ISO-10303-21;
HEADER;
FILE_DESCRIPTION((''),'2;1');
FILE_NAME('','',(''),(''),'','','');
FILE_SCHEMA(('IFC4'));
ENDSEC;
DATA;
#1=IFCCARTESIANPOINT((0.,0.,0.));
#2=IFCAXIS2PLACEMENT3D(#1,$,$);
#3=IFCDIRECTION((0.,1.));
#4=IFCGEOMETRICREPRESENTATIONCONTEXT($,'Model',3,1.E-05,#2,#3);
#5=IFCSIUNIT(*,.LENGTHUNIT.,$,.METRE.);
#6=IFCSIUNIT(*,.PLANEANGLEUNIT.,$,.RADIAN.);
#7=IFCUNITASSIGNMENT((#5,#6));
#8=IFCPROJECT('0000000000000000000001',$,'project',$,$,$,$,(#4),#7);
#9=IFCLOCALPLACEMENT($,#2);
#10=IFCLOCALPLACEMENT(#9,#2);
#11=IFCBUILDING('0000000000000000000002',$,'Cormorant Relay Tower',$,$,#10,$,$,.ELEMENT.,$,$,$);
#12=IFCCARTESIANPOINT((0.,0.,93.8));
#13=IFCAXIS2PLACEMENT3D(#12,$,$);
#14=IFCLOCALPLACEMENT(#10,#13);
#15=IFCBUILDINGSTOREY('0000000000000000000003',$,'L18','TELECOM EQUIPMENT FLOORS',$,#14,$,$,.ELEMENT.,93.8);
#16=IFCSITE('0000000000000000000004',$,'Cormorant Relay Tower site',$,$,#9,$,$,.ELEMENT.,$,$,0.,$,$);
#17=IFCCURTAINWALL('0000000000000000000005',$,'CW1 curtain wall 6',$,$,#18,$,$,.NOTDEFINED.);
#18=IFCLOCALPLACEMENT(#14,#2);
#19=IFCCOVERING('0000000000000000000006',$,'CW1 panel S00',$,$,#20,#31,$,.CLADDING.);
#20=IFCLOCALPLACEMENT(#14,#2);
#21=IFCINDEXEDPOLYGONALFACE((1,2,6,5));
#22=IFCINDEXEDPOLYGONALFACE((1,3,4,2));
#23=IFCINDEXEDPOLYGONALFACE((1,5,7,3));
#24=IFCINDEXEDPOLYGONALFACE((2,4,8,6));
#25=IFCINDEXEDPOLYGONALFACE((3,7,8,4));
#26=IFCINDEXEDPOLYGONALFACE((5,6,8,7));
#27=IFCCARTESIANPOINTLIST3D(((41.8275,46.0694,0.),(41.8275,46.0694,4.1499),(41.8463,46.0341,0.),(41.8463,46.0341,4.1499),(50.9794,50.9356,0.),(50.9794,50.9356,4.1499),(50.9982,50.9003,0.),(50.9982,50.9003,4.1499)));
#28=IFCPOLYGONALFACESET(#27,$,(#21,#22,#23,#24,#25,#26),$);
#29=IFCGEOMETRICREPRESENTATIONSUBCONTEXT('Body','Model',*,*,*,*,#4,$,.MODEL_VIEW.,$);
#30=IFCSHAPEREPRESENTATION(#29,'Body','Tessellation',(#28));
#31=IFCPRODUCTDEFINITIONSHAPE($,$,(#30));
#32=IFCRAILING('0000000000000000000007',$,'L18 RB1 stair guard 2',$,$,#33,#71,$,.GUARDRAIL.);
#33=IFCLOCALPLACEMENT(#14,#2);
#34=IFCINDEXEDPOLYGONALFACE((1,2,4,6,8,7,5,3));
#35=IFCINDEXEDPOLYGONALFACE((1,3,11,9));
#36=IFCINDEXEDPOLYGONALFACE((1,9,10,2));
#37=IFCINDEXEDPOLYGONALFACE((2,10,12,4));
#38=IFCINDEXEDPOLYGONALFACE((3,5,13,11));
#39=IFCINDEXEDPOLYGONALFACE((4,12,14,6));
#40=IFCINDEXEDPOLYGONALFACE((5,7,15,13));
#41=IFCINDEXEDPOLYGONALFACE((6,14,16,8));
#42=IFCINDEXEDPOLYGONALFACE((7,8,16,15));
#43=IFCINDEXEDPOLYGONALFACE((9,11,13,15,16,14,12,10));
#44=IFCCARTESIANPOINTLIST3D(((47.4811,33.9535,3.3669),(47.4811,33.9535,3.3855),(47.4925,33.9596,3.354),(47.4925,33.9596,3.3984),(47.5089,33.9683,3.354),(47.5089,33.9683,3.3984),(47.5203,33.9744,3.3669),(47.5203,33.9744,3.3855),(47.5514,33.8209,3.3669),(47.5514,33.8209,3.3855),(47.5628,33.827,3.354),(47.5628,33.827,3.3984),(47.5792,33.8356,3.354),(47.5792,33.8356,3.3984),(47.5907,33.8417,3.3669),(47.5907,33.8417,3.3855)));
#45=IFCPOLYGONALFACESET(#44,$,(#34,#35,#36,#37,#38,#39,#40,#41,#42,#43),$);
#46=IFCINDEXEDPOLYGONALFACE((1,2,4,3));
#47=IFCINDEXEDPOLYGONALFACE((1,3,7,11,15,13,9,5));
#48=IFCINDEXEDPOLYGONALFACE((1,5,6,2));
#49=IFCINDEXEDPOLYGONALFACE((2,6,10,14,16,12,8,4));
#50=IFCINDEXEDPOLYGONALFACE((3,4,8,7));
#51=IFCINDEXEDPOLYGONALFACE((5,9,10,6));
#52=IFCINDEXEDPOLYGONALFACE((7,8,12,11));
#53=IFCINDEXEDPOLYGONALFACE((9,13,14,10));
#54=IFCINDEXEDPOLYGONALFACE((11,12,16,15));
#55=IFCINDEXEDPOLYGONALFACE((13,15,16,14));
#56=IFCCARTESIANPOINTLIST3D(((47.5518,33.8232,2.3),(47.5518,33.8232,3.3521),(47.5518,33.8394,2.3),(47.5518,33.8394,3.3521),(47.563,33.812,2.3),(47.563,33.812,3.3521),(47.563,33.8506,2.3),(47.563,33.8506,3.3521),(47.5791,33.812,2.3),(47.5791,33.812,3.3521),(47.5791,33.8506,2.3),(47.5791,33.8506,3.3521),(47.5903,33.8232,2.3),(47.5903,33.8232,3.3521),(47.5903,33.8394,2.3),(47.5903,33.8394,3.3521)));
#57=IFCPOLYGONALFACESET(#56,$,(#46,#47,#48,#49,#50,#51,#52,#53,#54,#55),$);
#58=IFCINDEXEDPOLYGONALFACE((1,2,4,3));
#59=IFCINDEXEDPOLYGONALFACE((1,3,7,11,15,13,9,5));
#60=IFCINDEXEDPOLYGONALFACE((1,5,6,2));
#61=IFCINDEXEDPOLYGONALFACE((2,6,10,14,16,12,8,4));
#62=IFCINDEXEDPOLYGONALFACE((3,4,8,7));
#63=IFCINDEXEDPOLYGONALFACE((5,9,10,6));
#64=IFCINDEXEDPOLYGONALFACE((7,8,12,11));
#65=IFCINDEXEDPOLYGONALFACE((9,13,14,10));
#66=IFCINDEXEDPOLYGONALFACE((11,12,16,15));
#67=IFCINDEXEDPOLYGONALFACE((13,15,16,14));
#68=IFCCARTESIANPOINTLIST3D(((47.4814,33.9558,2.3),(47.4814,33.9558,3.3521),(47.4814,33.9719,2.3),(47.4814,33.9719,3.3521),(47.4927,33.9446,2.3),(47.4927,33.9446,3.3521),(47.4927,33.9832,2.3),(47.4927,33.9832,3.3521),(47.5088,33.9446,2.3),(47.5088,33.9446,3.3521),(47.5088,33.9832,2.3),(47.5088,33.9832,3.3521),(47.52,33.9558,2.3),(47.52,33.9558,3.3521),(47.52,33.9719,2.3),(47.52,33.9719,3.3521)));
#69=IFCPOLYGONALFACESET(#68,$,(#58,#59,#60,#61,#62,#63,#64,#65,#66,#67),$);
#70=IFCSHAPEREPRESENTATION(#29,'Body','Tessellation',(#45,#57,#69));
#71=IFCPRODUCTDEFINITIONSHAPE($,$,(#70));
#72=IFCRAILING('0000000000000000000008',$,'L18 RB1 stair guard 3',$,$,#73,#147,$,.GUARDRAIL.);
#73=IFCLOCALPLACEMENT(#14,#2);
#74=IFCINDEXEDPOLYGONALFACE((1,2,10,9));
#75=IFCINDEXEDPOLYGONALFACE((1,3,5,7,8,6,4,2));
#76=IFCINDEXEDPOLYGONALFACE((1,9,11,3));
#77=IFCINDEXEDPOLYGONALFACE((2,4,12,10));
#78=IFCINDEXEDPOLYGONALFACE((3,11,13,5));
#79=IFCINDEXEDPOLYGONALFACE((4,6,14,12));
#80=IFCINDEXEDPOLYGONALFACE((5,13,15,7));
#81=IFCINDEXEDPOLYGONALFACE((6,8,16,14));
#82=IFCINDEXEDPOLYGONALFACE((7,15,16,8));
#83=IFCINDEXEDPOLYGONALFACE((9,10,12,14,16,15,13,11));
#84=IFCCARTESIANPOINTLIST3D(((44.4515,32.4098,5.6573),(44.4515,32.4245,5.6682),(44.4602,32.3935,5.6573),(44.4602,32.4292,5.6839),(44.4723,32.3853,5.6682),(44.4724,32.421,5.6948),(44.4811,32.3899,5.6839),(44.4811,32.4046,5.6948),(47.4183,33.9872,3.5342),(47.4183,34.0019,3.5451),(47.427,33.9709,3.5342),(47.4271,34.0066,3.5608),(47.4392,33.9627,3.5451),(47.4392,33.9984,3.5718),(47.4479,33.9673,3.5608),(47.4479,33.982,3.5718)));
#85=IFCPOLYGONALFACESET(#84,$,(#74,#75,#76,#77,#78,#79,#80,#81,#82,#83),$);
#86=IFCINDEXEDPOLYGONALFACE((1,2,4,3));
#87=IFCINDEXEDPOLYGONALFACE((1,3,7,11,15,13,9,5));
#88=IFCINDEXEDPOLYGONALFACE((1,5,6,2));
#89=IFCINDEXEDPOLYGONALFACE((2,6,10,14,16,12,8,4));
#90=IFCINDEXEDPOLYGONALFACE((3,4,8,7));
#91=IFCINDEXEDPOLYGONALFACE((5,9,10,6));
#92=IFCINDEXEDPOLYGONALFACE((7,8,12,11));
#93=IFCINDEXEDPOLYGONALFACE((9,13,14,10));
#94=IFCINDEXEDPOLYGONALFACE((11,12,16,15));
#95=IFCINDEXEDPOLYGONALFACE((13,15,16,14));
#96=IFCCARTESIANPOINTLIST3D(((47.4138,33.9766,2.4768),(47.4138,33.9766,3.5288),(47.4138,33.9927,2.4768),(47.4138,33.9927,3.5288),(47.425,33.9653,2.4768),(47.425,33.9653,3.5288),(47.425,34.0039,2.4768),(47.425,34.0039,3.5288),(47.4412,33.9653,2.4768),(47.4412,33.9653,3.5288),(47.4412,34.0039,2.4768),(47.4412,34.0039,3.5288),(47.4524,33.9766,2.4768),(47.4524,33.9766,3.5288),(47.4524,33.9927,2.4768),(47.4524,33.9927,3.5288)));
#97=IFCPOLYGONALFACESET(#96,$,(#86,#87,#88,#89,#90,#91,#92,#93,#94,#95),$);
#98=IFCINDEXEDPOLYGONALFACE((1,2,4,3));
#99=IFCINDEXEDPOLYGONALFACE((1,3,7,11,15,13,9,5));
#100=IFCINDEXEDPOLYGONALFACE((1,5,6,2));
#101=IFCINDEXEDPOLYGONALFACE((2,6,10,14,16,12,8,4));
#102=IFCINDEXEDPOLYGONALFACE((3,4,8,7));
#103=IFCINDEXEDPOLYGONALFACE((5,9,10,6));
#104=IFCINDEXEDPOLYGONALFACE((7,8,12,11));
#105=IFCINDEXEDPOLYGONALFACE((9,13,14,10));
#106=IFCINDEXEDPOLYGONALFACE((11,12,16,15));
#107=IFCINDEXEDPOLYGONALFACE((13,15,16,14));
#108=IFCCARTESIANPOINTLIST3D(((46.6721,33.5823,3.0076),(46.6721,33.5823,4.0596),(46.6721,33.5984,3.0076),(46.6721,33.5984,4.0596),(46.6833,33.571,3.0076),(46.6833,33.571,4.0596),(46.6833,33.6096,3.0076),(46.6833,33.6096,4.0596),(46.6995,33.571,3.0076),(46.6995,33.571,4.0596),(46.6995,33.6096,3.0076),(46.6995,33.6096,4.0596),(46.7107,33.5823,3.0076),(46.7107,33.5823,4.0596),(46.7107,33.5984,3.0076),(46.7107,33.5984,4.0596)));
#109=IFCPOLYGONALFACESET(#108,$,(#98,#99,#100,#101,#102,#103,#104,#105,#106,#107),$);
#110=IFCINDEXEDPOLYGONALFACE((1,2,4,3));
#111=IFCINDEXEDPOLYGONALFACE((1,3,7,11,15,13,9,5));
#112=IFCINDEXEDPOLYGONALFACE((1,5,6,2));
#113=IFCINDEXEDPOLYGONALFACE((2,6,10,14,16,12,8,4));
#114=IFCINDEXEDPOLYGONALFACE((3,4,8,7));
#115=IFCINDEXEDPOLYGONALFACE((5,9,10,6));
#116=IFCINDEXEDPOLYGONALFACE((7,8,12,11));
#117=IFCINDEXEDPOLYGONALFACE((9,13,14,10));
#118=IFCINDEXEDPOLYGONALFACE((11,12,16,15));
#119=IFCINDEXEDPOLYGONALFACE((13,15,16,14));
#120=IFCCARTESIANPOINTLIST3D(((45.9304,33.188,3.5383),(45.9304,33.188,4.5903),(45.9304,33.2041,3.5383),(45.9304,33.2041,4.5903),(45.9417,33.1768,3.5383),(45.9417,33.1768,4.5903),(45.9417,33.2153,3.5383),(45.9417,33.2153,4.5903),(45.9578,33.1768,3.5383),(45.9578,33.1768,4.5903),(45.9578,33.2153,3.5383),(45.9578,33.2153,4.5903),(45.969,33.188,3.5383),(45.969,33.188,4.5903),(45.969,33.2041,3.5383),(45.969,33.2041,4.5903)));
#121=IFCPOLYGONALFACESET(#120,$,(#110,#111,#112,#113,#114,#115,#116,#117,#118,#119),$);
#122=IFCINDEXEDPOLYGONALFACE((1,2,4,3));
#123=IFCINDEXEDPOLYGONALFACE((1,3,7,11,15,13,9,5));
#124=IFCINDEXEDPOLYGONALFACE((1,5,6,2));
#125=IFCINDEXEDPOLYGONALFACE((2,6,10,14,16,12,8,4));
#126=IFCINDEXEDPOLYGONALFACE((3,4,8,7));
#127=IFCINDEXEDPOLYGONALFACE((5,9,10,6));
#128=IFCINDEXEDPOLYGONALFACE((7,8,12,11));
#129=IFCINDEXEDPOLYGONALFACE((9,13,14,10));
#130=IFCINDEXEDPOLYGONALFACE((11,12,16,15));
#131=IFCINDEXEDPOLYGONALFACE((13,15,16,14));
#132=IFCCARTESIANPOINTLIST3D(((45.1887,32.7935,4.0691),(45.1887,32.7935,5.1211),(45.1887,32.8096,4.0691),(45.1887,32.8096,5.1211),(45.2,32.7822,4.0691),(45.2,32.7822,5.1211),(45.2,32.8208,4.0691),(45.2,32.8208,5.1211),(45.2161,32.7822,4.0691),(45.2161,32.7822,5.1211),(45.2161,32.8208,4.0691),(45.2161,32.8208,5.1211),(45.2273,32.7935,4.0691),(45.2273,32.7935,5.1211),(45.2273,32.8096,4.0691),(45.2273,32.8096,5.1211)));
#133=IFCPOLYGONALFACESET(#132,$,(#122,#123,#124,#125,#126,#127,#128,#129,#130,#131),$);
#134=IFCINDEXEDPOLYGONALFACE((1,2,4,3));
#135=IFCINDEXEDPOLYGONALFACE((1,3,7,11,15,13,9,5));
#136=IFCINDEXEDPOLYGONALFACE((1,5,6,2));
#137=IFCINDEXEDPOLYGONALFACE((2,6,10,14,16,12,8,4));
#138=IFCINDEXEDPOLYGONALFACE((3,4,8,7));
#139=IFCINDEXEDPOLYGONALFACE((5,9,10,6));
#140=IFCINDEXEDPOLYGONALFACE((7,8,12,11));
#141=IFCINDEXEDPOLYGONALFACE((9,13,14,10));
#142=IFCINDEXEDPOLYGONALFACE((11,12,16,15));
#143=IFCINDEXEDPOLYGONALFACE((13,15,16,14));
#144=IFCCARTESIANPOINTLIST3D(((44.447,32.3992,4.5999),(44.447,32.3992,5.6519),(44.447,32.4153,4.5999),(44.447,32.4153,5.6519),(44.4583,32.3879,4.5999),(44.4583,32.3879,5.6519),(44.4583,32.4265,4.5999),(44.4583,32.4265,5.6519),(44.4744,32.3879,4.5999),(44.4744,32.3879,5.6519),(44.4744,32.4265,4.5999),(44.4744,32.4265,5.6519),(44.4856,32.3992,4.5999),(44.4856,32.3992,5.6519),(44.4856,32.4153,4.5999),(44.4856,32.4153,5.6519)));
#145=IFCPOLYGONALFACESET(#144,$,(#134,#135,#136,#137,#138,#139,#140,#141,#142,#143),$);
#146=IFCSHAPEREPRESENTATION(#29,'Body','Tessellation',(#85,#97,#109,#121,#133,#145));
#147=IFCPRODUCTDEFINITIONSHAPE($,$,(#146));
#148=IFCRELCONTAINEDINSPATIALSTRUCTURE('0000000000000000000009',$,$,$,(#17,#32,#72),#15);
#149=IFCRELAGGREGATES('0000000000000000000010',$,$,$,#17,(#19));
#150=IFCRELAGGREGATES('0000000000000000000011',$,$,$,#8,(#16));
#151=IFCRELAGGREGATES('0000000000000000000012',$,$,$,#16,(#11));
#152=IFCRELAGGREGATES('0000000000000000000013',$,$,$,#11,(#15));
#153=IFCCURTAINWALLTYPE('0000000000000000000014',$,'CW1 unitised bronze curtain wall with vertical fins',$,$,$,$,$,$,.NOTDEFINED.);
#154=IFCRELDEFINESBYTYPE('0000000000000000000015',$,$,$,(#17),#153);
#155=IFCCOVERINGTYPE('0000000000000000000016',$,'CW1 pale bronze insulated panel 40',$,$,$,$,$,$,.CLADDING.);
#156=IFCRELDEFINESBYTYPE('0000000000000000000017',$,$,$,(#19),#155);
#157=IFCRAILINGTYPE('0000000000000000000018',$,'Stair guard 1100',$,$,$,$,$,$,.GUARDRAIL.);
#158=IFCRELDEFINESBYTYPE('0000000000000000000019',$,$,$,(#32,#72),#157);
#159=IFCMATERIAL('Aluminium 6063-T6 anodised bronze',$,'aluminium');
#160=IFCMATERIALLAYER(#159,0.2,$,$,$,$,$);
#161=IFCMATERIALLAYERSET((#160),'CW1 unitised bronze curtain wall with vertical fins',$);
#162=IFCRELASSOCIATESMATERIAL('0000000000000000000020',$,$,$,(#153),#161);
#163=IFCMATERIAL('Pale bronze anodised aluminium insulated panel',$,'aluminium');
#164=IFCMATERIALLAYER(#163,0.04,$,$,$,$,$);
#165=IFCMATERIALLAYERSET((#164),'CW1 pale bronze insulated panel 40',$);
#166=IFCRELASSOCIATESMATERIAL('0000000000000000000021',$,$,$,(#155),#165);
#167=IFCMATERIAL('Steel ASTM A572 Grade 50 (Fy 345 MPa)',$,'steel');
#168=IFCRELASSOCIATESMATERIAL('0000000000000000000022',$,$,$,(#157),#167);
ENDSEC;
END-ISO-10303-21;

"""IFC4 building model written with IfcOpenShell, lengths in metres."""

from ifc_helpers import new_model, si_unit, direction, frame, origin, origin_2d, place, context, subcontext, project, spatial, polyline, rectangle, outline, extrude, material, layer, layer_set, type_object, element, aggregate, save


model = new_model("IFC4")

# Units and contexts
model_context = context("Model", 3, precision=1e-05, world=origin(), true_north=direction((0.0, 1.0)))
body_context = subcontext(model_context, "Body", "Model", "MODEL_VIEW")
ifc_project = project(units=[si_unit("LENGTHUNIT", "METRE"), si_unit("PLANEANGLEUNIT", "RADIAN")], contexts=[model_context])

# Site, building, storey
site_placement = place(None, origin())
site = spatial("IfcSite", under=ifc_project, at=site_placement, Name="Cormorant Relay Tower site", CompositionType="ELEMENT", RefElevation=0.0)
building_placement = place(site_placement, origin())
building = spatial("IfcBuilding", under=site, at=building_placement, Name="Cormorant Relay Tower", CompositionType="ELEMENT")
storey_placement = place(building_placement, frame((0.0, 0.0, 93.8)))
storey = spatial("IfcBuildingStorey", under=building, at=storey_placement, Name="L18", Description="TELECOM EQUIPMENT FLOORS", CompositionType="ELEMENT", Elevation=93.8)

# Shared definitions
ifc_material_1 = material(Name="Aluminium 6063-T6 anodised bronze", Category="aluminium")
ifc_layer_1 = layer(ifc_material_1, 0.2)
ifc_layer_set_1 = layer_set([ifc_layer_1], Name="CW1 unitised bronze curtain wall with vertical fins")
curtain_wall_type = type_object("IfcCurtainWallType", Name="CW1 unitised bronze curtain wall with vertical fins", PredefinedType="NOTDEFINED", material=ifc_layer_set_1)

# Curtain wall
curtain_wall_1_placement = place(storey_placement, origin())
curtain_wall_1 = element("IfcCurtainWall", 1, at=curtain_wall_1_placement, inside=storey, type_object=curtain_wall_type, Name="CW1 curtain wall 6", PredefinedType="NOTDEFINED")

# Covering
ifc_material_2 = material(Name="Pale bronze anodised aluminium insulated panel", Category="aluminium")
ifc_layer_2 = layer(ifc_material_2, 0.04)
ifc_layer_set_2 = layer_set([ifc_layer_2], Name="CW1 pale bronze insulated panel 40")
covering_type = type_object("IfcCoveringType", Name="CW1 pale bronze insulated panel 40", PredefinedType="CLADDING", material=ifc_layer_set_2)
covering_1_placement = place(storey_placement, frame((46.4128, 48.4849, 0.0), z_axis=(0.0, 0.0, 1.0), x_axis=(-0.882948, -0.469472, 0.0)))
covering_1 = element("IfcCovering", 2, at=covering_1_placement, type_object=covering_type, Name="CW1 panel S00", PredefinedType="CLADDING", context=body_context, shape_type="SweptSolid", body=[
    extrude(rectangle(XDim=10.3652, YDim=0.04, at=origin_2d()), origin(), (0.0, 0.0, 1.0), 4.1499),
])
aggregate(curtain_wall_1, [covering_1])

# Railings
ifc_material_3 = material(Name="Steel ASTM A572 Grade 50 (Fy 345 MPa)", Category="steel")
railing_type_1 = type_object("IfcRailingType", Name="Stair guard 1100", PredefinedType="GUARDRAIL", material=ifc_material_3)
railing_1_placement = place(storey_placement, frame((47.571, 33.8313, 2.3)))
element("IfcRailing", 3, at=railing_1_placement, inside=storey, type_object=railing_type_1, Name="L18 RB1 stair guard 2", PredefinedType="GUARDRAIL", context=body_context, shape_type="SweptSolid", body=[
    extrude(outline(polyline([(0.0222, 0.0093), (0.0093, 0.0222), (-0.0093, 0.0222), (-0.0222, 0.0093), (-0.0222, -0.0093), (-0.0093, -0.0222), (0.0093, -0.0222), (0.0222, -0.0093), (0.0222, 0.0093)])), frame((0.0, 0.0, 1.0762), z_axis=(-0.46856, 0.883431, 0.0), x_axis=(-0.883431, -0.46856, 0.0)), (0.0, 0.0, 1.0), 0.1501),
    extrude(outline(polyline([(0.0193, 0.0081), (0.0081, 0.0193), (-0.0081, 0.0193), (-0.0193, 0.0081), (-0.0193, -0.0081), (-0.0081, -0.0193), (0.0081, -0.0193), (0.0193, -0.0081), (0.0193, 0.0081)])), origin(), (0.0, 0.0, 1.0), 1.052),
    extrude(outline(polyline([(0.0193, 0.0081), (0.0081, 0.0193), (-0.0081, 0.0193), (-0.0193, 0.0081), (-0.0193, -0.0081), (-0.0081, -0.0193), (0.0081, -0.0193), (0.0193, -0.0081), (0.0193, 0.0081)])), frame((-0.0703, 0.1326, 0.0)), (0.0, 0.0, 1.0), 1.052),
])
railing_2_placement = place(storey_placement, frame((47.4331, 33.9846, 2.4768)))
element("IfcRailing", 4, at=railing_2_placement, inside=storey, type_object=railing_type_1, Name="L18 RB1 stair guard 3", PredefinedType="GUARDRAIL", context=body_context, shape_type="SweptSolid", body=[
    extrude(outline(polyline([(0.0222, 0.0093), (0.0093, 0.0222), (-0.0093, 0.0222), (-0.0222, 0.0093), (-0.0222, -0.0093), (-0.0093, -0.0222), (0.0093, -0.0222), (0.0222, -0.0093), (0.0222, 0.0093)])), frame((0.0, 0.0, 1.0762), z_axis=(-0.746441, -0.396869, 0.534155), x_axis=(0.469453, -0.882958, 0.0)), (0.0, 0.0, 1.0), 3.9746),
    extrude(outline(polyline([(0.0193, 0.0081), (0.0081, 0.0193), (-0.0081, 0.0193), (-0.0193, 0.0081), (-0.0193, -0.0081), (-0.0081, -0.0193), (0.0081, -0.0193), (0.0193, -0.0081), (0.0193, 0.0081)])), origin(), (0.0, 0.0, 1.0), 1.052),
    extrude(outline(polyline([(0.0193, 0.0081), (0.0081, 0.0193), (-0.0081, 0.0193), (-0.0193, 0.0081), (-0.0193, -0.0081), (-0.0081, -0.0193), (0.0081, -0.0193), (0.0193, -0.0081), (0.0193, 0.0081)])), frame((-0.7417, -0.3943, 0.5308)), (0.0, 0.0, 1.0), 1.052),
    extrude(outline(polyline([(0.0193, 0.0081), (0.0081, 0.0193), (-0.0081, 0.0193), (-0.0193, 0.0081), (-0.0193, -0.0081), (-0.0081, -0.0193), (0.0081, -0.0193), (0.0193, -0.0081), (0.0193, 0.0081)])), frame((-1.4834, -0.7886, 1.0615)), (0.0, 0.0, 1.0), 1.052),
    extrude(outline(polyline([(0.0193, 0.0081), (0.0081, 0.0193), (-0.0081, 0.0193), (-0.0193, 0.0081), (-0.0193, -0.0081), (-0.0081, -0.0193), (0.0081, -0.0193), (0.0193, -0.0081), (0.0193, 0.0081)])), frame((-2.2251, -1.1831, 1.5923)), (0.0, 0.0, 1.0), 1.052),
    extrude(outline(polyline([(0.0193, 0.0081), (0.0081, 0.0193), (-0.0081, 0.0193), (-0.0193, 0.0081), (-0.0193, -0.0081), (-0.0081, -0.0193), (0.0081, -0.0193), (0.0193, -0.0081), (0.0193, 0.0081)])), frame((-2.9668, -1.5774, 2.123)), (0.0, 0.0, 1.0), 1.052),
])

save(model, "model.ifc")
